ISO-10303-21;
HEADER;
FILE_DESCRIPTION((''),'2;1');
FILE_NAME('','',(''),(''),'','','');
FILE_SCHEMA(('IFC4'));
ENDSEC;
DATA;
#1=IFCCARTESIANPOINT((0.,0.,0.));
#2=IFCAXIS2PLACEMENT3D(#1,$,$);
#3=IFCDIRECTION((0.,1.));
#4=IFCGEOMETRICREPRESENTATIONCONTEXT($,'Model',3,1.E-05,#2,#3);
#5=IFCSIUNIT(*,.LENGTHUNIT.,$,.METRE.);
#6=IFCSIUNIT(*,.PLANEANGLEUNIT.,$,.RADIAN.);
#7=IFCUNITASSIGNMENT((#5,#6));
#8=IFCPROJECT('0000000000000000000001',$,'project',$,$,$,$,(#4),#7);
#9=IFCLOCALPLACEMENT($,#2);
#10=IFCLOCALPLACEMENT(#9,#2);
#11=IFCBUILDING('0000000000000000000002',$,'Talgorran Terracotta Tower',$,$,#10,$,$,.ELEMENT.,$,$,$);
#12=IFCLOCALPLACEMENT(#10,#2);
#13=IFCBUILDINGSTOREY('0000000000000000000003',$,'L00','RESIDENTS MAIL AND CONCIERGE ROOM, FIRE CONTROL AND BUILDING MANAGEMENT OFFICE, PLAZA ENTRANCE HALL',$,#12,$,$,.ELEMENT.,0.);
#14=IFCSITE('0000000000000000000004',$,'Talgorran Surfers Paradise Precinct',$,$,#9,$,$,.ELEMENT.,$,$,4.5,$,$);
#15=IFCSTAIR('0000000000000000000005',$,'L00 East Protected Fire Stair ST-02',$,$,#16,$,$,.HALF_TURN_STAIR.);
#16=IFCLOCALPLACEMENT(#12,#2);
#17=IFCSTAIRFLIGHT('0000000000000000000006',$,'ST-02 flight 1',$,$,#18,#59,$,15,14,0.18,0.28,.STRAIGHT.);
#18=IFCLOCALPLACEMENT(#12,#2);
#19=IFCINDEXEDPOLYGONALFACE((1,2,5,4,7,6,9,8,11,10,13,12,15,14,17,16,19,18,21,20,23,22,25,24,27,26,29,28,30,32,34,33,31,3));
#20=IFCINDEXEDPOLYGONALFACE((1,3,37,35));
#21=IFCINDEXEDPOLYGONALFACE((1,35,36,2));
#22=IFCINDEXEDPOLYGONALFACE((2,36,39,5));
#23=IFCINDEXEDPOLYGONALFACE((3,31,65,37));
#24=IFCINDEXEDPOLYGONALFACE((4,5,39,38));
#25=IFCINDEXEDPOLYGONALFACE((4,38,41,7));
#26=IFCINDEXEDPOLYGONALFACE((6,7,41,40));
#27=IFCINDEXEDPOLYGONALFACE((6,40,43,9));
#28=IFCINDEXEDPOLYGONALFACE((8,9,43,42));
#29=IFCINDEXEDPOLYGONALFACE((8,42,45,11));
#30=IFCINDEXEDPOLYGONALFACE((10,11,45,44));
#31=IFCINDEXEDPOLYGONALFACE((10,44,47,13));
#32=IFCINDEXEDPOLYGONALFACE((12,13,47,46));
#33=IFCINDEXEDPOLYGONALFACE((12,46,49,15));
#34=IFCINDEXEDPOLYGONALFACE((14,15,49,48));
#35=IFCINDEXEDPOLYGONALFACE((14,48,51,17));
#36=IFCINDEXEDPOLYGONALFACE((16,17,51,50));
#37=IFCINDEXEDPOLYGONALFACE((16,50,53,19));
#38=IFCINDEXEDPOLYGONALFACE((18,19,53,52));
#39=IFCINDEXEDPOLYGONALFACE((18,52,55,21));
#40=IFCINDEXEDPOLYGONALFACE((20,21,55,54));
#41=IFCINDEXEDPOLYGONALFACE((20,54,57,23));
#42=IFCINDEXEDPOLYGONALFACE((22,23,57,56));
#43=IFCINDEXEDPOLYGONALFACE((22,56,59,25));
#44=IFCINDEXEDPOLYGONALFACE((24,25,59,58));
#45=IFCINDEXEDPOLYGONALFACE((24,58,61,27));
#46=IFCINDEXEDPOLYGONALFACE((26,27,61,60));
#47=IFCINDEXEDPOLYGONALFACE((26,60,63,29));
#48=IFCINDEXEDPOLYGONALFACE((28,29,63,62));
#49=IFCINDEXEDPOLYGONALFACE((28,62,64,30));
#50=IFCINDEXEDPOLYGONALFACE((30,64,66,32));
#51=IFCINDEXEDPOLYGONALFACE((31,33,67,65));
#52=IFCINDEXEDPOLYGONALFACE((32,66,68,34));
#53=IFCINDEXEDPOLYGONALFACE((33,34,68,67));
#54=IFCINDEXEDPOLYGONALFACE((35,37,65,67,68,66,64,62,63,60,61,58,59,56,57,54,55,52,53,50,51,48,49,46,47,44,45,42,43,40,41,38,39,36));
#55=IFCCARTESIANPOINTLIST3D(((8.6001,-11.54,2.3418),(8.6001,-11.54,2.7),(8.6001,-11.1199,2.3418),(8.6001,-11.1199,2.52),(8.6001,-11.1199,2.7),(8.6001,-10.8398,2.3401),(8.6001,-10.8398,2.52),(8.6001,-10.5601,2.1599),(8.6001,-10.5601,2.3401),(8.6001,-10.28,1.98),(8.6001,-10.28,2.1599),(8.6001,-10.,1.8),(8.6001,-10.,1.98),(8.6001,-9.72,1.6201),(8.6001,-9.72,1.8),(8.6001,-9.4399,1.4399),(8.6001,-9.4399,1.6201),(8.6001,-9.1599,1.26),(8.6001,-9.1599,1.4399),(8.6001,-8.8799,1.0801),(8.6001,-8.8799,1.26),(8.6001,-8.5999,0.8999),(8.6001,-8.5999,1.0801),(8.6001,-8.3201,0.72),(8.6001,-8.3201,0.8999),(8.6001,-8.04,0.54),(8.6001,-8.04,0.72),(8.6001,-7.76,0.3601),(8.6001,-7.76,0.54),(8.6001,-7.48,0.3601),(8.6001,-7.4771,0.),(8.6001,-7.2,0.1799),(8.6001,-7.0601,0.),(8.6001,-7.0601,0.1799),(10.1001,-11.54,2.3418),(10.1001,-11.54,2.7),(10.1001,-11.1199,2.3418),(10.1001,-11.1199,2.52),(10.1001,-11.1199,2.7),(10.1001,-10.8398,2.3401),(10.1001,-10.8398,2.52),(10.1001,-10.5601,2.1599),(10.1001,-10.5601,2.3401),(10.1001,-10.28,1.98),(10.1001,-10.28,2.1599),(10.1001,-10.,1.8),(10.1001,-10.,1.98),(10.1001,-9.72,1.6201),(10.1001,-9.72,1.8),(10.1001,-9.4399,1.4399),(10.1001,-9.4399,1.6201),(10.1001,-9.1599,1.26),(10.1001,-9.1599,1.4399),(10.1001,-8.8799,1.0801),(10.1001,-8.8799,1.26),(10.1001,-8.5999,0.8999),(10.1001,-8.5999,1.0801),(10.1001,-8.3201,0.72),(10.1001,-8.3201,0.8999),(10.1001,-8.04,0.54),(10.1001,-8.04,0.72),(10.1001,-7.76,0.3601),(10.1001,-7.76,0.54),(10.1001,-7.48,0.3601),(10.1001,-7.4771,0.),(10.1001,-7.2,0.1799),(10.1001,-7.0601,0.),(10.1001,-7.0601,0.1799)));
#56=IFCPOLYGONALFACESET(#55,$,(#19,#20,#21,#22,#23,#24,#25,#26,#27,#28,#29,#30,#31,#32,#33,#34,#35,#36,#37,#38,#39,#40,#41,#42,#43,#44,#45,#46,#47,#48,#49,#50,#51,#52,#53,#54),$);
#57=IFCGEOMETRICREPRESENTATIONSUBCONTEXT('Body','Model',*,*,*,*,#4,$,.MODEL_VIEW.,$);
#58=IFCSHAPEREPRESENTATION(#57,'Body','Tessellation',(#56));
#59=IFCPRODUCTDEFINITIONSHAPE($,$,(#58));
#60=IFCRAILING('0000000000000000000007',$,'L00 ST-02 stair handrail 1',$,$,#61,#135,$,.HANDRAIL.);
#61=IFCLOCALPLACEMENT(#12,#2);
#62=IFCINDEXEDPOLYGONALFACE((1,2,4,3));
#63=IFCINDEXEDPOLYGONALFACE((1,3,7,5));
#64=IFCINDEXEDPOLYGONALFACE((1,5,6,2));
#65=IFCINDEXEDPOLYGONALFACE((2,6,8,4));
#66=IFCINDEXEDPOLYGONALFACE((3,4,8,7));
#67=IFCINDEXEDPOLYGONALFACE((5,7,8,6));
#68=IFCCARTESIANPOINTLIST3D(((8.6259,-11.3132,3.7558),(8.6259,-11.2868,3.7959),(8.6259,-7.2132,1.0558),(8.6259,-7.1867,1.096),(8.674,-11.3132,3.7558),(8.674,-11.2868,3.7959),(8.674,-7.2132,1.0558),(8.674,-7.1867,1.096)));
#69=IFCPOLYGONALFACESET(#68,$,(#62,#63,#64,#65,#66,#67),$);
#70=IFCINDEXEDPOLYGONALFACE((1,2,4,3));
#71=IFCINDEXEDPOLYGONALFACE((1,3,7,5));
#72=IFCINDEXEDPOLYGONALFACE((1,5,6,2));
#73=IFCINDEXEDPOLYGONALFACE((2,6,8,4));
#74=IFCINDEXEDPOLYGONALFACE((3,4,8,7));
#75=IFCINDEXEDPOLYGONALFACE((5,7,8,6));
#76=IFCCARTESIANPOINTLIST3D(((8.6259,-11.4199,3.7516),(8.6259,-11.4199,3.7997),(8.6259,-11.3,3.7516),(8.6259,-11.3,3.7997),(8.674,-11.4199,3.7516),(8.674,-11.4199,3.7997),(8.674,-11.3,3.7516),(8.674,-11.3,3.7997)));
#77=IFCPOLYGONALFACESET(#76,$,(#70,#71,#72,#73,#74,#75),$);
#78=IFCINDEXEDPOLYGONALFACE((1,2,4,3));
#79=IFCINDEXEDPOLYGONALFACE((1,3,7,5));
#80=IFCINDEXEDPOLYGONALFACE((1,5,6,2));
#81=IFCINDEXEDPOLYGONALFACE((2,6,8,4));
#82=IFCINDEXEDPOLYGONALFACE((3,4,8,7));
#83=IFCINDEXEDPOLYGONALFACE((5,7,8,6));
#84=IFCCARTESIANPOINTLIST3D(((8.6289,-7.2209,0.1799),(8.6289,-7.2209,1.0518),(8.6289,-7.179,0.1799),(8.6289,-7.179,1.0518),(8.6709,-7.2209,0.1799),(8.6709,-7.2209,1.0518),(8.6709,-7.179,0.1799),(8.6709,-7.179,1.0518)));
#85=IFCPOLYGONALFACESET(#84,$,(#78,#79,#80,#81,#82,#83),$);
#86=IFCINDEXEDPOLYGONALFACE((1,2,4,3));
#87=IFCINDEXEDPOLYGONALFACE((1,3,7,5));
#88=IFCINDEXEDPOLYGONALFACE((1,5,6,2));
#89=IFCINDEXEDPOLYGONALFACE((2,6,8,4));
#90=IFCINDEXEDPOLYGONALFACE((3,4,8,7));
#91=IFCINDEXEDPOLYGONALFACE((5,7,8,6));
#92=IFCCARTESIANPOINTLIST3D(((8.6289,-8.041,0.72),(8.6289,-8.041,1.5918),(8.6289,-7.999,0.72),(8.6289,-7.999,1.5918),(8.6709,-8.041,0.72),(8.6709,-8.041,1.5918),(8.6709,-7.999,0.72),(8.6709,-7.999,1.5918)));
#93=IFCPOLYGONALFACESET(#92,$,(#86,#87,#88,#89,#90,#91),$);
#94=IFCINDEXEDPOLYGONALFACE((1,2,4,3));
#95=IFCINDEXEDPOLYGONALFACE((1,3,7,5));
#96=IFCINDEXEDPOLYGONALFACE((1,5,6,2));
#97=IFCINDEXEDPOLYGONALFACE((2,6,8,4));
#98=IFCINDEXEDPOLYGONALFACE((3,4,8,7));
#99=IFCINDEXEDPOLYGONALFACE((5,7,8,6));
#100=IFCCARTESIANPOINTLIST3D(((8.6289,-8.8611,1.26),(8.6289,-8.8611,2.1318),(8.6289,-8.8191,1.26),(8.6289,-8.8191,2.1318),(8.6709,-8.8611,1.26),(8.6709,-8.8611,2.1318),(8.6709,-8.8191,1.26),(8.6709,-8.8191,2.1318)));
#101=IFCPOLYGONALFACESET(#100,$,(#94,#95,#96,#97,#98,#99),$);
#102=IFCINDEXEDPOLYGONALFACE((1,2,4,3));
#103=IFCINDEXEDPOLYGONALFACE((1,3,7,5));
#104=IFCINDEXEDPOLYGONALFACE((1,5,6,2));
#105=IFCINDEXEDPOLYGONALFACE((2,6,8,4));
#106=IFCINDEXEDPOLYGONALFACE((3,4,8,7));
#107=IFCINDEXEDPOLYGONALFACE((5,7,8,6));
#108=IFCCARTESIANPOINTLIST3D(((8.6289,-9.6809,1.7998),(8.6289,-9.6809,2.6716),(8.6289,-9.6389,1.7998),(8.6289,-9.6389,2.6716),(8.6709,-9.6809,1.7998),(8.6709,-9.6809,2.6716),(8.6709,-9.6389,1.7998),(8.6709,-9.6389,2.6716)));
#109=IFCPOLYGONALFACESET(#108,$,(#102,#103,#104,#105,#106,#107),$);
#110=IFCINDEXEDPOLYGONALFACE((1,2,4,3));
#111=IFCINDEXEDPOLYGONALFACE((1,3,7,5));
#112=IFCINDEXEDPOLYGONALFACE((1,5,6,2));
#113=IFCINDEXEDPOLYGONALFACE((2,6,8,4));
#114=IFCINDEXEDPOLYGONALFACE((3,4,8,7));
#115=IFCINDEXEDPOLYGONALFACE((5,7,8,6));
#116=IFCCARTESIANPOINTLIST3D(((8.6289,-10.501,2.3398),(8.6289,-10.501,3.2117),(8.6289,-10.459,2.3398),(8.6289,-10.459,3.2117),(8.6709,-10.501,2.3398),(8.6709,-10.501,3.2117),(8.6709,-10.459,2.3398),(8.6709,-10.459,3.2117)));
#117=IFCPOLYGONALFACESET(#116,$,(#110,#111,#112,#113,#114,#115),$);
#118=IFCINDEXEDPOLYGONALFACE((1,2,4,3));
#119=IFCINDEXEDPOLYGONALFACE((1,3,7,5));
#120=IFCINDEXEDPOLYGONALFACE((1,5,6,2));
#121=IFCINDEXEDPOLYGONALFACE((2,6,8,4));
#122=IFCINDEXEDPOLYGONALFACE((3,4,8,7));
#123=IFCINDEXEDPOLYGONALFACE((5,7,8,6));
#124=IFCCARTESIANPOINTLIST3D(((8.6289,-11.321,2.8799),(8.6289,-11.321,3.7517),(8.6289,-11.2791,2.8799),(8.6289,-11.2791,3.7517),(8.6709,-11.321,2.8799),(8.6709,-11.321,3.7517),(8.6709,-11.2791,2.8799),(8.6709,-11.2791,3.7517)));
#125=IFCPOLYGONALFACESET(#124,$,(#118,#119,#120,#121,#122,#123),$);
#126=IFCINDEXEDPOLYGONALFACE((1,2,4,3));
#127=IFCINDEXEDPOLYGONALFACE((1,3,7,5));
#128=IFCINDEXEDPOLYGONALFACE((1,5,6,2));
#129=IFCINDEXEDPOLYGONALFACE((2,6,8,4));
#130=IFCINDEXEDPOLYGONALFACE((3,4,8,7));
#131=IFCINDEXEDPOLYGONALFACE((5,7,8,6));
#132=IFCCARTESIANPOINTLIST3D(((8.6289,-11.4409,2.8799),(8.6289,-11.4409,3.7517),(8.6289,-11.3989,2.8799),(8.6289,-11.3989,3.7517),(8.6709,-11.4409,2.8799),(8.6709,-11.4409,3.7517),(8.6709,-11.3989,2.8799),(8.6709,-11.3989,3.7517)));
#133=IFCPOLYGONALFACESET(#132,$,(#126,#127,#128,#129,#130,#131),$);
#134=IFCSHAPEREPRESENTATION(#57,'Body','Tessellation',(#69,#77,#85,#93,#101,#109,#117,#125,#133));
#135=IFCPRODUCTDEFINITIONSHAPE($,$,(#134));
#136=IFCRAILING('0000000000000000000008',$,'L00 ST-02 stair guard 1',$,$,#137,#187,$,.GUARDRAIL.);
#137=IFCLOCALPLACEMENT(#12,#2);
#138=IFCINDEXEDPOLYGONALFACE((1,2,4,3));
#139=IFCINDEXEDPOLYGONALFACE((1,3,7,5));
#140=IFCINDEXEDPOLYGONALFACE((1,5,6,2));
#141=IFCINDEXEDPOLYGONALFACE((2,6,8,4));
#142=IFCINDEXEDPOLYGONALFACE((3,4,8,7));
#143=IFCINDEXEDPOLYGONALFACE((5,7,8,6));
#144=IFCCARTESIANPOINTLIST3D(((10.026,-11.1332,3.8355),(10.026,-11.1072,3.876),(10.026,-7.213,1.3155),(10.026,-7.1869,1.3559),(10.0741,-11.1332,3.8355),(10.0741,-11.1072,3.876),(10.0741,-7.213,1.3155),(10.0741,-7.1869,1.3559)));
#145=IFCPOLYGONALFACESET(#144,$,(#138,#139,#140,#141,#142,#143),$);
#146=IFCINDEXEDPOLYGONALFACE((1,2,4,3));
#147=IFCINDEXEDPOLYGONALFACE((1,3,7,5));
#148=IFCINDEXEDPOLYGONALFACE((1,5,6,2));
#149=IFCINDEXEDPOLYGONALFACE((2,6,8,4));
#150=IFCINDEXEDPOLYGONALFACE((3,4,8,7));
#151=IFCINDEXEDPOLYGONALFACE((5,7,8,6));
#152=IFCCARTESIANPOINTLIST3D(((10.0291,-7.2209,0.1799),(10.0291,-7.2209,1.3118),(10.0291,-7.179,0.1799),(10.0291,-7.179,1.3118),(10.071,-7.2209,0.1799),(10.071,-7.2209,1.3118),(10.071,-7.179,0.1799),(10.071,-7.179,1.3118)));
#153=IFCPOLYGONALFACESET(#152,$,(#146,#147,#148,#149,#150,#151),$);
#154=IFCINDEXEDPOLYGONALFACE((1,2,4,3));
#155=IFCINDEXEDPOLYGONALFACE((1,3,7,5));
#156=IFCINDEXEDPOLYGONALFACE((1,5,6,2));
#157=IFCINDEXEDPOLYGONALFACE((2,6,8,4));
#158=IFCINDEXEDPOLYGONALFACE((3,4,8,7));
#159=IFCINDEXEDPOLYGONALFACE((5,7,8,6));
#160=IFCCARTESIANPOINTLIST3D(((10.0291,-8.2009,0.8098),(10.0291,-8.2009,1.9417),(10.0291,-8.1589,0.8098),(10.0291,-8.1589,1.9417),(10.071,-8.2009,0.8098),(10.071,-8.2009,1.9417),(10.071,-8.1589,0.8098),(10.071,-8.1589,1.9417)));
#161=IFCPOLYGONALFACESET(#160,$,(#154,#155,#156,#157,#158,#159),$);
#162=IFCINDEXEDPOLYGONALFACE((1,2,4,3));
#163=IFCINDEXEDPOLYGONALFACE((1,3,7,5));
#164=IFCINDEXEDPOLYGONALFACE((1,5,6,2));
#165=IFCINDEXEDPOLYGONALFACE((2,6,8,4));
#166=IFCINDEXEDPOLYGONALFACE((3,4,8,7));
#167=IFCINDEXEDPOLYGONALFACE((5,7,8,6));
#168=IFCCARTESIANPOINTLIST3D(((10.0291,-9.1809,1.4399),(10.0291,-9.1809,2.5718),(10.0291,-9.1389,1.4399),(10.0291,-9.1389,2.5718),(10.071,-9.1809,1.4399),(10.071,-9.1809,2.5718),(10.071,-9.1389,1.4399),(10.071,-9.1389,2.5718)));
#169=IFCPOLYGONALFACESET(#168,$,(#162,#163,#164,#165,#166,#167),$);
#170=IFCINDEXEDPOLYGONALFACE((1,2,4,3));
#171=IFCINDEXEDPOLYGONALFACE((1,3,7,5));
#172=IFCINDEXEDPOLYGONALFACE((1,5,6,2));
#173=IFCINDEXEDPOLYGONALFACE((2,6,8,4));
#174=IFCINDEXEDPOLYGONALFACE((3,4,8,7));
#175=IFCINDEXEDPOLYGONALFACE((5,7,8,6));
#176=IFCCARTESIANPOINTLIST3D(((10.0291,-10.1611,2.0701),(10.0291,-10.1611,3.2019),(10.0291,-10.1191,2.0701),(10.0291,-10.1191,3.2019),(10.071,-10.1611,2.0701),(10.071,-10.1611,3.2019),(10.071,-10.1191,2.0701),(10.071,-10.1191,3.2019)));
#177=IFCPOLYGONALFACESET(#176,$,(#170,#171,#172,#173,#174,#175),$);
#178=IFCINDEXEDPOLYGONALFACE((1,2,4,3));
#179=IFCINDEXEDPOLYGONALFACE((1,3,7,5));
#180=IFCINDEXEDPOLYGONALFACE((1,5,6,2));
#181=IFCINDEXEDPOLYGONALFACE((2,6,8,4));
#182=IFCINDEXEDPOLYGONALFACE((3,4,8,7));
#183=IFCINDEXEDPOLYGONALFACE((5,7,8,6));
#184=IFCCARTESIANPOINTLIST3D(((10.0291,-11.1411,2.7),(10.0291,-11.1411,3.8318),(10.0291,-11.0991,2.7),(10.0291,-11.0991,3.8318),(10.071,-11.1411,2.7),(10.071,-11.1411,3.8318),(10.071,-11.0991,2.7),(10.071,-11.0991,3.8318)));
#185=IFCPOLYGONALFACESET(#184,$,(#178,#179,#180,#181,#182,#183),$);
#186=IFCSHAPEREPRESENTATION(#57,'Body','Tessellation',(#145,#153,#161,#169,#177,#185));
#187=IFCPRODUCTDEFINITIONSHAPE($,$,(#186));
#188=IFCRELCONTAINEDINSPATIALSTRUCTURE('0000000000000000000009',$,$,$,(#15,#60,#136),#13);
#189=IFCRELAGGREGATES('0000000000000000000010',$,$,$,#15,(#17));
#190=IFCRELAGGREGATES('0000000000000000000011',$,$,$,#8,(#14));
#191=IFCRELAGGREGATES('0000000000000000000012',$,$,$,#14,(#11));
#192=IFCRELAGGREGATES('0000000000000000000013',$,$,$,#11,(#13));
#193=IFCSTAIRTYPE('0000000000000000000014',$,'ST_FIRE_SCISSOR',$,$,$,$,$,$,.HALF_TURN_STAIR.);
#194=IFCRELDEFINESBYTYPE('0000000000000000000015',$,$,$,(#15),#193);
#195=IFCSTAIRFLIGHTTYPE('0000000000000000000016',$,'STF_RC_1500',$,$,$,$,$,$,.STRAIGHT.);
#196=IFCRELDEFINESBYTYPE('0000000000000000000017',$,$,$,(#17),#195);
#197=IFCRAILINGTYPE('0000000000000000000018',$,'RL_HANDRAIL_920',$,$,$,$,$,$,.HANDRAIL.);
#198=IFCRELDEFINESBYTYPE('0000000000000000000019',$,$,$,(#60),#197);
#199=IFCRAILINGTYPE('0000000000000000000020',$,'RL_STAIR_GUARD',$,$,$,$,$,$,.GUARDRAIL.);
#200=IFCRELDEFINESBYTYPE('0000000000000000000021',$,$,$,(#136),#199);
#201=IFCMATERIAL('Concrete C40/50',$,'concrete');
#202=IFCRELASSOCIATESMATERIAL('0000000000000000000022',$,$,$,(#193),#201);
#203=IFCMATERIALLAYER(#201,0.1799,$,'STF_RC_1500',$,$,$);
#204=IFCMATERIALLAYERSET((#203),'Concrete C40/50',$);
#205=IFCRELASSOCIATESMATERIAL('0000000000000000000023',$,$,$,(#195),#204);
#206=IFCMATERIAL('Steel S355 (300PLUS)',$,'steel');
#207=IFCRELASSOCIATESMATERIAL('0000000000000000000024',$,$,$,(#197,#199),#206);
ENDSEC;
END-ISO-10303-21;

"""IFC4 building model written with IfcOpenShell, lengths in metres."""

from ifc_helpers import new_model, si_unit, direction, frame, origin, origin_2d, place, context, subcontext, project, spatial, polyline, rectangle, outline, extrude, material, layer, layer_set, type_object, element, aggregate, save


model = new_model("IFC4")

# Units and contexts
model_context = context("Model", 3, precision=1e-05, world=origin(), true_north=direction((0.0, 1.0)))
body_context = subcontext(model_context, "Body", "Model", "MODEL_VIEW")
ifc_project = project(units=[si_unit("LENGTHUNIT", "METRE"), si_unit("PLANEANGLEUNIT", "RADIAN")], contexts=[model_context])

# Site, building, storey
site_placement = place(None, origin())
site = spatial("IfcSite", under=ifc_project, at=site_placement, Name="Talgorran Surfers Paradise Precinct", CompositionType="ELEMENT", RefElevation=4.5)
building_placement = place(site_placement, origin())
building = spatial("IfcBuilding", under=site, at=building_placement, Name="Talgorran Terracotta Tower", CompositionType="ELEMENT")
storey_placement = place(building_placement, origin())
storey = spatial("IfcBuildingStorey", under=building, at=storey_placement, Name="L00", Description="RESIDENTS MAIL AND CONCIERGE ROOM, FIRE CONTROL AND BUILDING MANAGEMENT OFFICE, PLAZA ENTRANCE HALL", CompositionType="ELEMENT", Elevation=0.0)

# Shared definitions
ifc_material_1 = material(Name="Steel S355 (300PLUS)", Category="steel")

# Stair, stair flight
ifc_material_2 = material(Name="Concrete C40/50", Category="concrete")
stair_type = type_object("IfcStairType", Name="ST_FIRE_SCISSOR", PredefinedType="HALF_TURN_STAIR", material=ifc_material_2)
stair_placement = place(storey_placement, origin())
stair = element("IfcStair", 1, at=stair_placement, inside=storey, type_object=stair_type, Name="L00 East Protected Fire Stair ST-02", PredefinedType="HALF_TURN_STAIR")
ifc_layer_1 = layer(ifc_material_2, 0.1799, Name="STF_RC_1500")
ifc_layer_set_1 = layer_set([ifc_layer_1], Name="Concrete C40/50")
stair_flight_type = type_object("IfcStairFlightType", Name="STF_RC_1500", PredefinedType="STRAIGHT", material=ifc_layer_set_1)
stair_flight_placement = place(storey_placement, frame((9.3501, -7.2, 0.0), z_axis=(0.0, 0.0, 1.0), x_axis=(0.0, -1.0, 0.0)))
stair_flight = element("IfcStairFlight", 2, at=stair_flight_placement, type_object=stair_flight_type, Name="ST-02 flight 1", NumberOfRisers=15, NumberOfTreads=14, PredefinedType="STRAIGHT", RiserHeight=0.18, TreadLength=0.28, context=body_context, shape_type="SweptSolid", body=[
    extrude(outline(polyline([(-0.1399, 0.0), (-0.1399, 0.1799), (0.0, 0.1799), (0.28, 0.3601), (0.5601, 0.3601), (0.5601, 0.54), (0.8401, 0.54), (0.8401, 0.72), (1.1201, 0.72), (1.1201, 0.8999), (1.3999, 0.8999), (1.3999, 1.0801), (1.6799, 1.0801), (1.6799, 1.26), (1.96, 1.26), (1.96, 1.4399), (2.24, 1.4399), (2.24, 1.6201), (2.52, 1.6201), (2.52, 1.8), (2.8, 1.8), (2.8, 1.98), (3.0801, 1.98), (3.0801, 2.1599), (3.3601, 2.1599), (3.3601, 2.3401), (3.6399, 2.3401), (3.6399, 2.52), (3.9199, 2.52), (3.9199, 2.7), (4.3401, 2.7), (4.3401, 2.3418), (3.9199, 2.3418), (0.2771, 0.0), (-0.1399, 0.0)])), frame((0.0, 0.75, 0.0), z_axis=(0.0, -1.0, 0.0), x_axis=(1.0, 0.0, 0.0)), (0.0, 0.0, 1.0), 1.5),
])
aggregate(stair, [stair_flight])

# Railings
railing_type_1 = type_object("IfcRailingType", Name="RL_HANDRAIL_920", PredefinedType="HANDRAIL", material=ifc_material_1)
railing_1_placement = place(storey_placement, frame((8.6499, -7.2, 0.1799)))
element("IfcRailing", 3, at=railing_1_placement, inside=storey, type_object=railing_type_1, Name="L00 ST-02 stair handrail 1", PredefinedType="HANDRAIL", context=body_context, shape_type="SweptSolid", body=[
    extrude(rectangle(XDim=0.0481, YDim=0.0481, at=origin_2d()), frame((0.0, 0.0, 0.896), z_axis=(0.0, -0.835181, 0.549974), x_axis=(1.0, 0.0, 0.0)), (0.0, 0.0, 1.0), 4.9092),
    extrude(rectangle(XDim=0.0481, YDim=0.0481, at=origin_2d()), frame((0.0, -4.1001, 3.5957), z_axis=(0.0, -1.0, 0.0), x_axis=(1.0, 0.0, 0.0)), (0.0, 0.0, 1.0), 0.1199),
    extrude(rectangle(XDim=0.042, YDim=0.042, at=origin_2d()), origin(), (0.0, 0.0, 1.0), 0.8718),
    extrude(rectangle(XDim=0.042, YDim=0.042, at=origin_2d()), frame((0.0, -0.8201, 0.54)), (0.0, 0.0, 1.0), 0.8718),
    extrude(rectangle(XDim=0.042, YDim=0.042, at=origin_2d()), frame((0.0, -1.6401, 1.0801)), (0.0, 0.0, 1.0), 0.8718),
    extrude(rectangle(XDim=0.042, YDim=0.042, at=origin_2d()), frame((0.0, -2.46, 1.6199)), (0.0, 0.0, 1.0), 0.8718),
    extrude(rectangle(XDim=0.042, YDim=0.042, at=origin_2d()), frame((0.0, -3.28, 2.1599)), (0.0, 0.0, 1.0), 0.8718),
    extrude(rectangle(XDim=0.042, YDim=0.042, at=origin_2d()), frame((0.0, -4.1001, 2.7)), (0.0, 0.0, 1.0), 0.8718),
    extrude(rectangle(XDim=0.042, YDim=0.042, at=origin_2d()), frame((0.0, -4.22, 2.7)), (0.0, 0.0, 1.0), 0.8718),
])
railing_type_2 = type_object("IfcRailingType", Name="RL_STAIR_GUARD", PredefinedType="GUARDRAIL", material=ifc_material_1)
railing_2_placement = place(storey_placement, frame((10.05, -7.2, 0.1799)))
element("IfcRailing", 4, at=railing_2_placement, inside=storey, type_object=railing_type_2, Name="L00 ST-02 stair guard 1", PredefinedType="GUARDRAIL", context=body_context, shape_type="SweptSolid", body=[
    extrude(rectangle(XDim=0.0481, YDim=0.0481, at=origin_2d()), frame((0.0, 0.0, 1.1558), z_axis=(0.0, -0.841187, 0.540744), x_axis=(1.0, 0.0, 0.0)), (0.0, 0.0, 1.0), 4.6604),
    extrude(rectangle(XDim=0.042, YDim=0.042, at=origin_2d()), origin(), (0.0, 0.0, 1.0), 1.1318),
    extrude(rectangle(XDim=0.042, YDim=0.042, at=origin_2d()), frame((0.0, -0.98, 0.6299)), (0.0, 0.0, 1.0), 1.1318),
    extrude(rectangle(XDim=0.042, YDim=0.042, at=origin_2d()), frame((0.0, -1.96, 1.26)), (0.0, 0.0, 1.0), 1.1318),
    extrude(rectangle(XDim=0.042, YDim=0.042, at=origin_2d()), frame((0.0, -2.9402, 1.8901)), (0.0, 0.0, 1.0), 1.1318),
    extrude(rectangle(XDim=0.042, YDim=0.042, at=origin_2d()), frame((0.0, -3.9202, 2.52)), (0.0, 0.0, 1.0), 1.1318),
])

save(model, "model.ifc")
